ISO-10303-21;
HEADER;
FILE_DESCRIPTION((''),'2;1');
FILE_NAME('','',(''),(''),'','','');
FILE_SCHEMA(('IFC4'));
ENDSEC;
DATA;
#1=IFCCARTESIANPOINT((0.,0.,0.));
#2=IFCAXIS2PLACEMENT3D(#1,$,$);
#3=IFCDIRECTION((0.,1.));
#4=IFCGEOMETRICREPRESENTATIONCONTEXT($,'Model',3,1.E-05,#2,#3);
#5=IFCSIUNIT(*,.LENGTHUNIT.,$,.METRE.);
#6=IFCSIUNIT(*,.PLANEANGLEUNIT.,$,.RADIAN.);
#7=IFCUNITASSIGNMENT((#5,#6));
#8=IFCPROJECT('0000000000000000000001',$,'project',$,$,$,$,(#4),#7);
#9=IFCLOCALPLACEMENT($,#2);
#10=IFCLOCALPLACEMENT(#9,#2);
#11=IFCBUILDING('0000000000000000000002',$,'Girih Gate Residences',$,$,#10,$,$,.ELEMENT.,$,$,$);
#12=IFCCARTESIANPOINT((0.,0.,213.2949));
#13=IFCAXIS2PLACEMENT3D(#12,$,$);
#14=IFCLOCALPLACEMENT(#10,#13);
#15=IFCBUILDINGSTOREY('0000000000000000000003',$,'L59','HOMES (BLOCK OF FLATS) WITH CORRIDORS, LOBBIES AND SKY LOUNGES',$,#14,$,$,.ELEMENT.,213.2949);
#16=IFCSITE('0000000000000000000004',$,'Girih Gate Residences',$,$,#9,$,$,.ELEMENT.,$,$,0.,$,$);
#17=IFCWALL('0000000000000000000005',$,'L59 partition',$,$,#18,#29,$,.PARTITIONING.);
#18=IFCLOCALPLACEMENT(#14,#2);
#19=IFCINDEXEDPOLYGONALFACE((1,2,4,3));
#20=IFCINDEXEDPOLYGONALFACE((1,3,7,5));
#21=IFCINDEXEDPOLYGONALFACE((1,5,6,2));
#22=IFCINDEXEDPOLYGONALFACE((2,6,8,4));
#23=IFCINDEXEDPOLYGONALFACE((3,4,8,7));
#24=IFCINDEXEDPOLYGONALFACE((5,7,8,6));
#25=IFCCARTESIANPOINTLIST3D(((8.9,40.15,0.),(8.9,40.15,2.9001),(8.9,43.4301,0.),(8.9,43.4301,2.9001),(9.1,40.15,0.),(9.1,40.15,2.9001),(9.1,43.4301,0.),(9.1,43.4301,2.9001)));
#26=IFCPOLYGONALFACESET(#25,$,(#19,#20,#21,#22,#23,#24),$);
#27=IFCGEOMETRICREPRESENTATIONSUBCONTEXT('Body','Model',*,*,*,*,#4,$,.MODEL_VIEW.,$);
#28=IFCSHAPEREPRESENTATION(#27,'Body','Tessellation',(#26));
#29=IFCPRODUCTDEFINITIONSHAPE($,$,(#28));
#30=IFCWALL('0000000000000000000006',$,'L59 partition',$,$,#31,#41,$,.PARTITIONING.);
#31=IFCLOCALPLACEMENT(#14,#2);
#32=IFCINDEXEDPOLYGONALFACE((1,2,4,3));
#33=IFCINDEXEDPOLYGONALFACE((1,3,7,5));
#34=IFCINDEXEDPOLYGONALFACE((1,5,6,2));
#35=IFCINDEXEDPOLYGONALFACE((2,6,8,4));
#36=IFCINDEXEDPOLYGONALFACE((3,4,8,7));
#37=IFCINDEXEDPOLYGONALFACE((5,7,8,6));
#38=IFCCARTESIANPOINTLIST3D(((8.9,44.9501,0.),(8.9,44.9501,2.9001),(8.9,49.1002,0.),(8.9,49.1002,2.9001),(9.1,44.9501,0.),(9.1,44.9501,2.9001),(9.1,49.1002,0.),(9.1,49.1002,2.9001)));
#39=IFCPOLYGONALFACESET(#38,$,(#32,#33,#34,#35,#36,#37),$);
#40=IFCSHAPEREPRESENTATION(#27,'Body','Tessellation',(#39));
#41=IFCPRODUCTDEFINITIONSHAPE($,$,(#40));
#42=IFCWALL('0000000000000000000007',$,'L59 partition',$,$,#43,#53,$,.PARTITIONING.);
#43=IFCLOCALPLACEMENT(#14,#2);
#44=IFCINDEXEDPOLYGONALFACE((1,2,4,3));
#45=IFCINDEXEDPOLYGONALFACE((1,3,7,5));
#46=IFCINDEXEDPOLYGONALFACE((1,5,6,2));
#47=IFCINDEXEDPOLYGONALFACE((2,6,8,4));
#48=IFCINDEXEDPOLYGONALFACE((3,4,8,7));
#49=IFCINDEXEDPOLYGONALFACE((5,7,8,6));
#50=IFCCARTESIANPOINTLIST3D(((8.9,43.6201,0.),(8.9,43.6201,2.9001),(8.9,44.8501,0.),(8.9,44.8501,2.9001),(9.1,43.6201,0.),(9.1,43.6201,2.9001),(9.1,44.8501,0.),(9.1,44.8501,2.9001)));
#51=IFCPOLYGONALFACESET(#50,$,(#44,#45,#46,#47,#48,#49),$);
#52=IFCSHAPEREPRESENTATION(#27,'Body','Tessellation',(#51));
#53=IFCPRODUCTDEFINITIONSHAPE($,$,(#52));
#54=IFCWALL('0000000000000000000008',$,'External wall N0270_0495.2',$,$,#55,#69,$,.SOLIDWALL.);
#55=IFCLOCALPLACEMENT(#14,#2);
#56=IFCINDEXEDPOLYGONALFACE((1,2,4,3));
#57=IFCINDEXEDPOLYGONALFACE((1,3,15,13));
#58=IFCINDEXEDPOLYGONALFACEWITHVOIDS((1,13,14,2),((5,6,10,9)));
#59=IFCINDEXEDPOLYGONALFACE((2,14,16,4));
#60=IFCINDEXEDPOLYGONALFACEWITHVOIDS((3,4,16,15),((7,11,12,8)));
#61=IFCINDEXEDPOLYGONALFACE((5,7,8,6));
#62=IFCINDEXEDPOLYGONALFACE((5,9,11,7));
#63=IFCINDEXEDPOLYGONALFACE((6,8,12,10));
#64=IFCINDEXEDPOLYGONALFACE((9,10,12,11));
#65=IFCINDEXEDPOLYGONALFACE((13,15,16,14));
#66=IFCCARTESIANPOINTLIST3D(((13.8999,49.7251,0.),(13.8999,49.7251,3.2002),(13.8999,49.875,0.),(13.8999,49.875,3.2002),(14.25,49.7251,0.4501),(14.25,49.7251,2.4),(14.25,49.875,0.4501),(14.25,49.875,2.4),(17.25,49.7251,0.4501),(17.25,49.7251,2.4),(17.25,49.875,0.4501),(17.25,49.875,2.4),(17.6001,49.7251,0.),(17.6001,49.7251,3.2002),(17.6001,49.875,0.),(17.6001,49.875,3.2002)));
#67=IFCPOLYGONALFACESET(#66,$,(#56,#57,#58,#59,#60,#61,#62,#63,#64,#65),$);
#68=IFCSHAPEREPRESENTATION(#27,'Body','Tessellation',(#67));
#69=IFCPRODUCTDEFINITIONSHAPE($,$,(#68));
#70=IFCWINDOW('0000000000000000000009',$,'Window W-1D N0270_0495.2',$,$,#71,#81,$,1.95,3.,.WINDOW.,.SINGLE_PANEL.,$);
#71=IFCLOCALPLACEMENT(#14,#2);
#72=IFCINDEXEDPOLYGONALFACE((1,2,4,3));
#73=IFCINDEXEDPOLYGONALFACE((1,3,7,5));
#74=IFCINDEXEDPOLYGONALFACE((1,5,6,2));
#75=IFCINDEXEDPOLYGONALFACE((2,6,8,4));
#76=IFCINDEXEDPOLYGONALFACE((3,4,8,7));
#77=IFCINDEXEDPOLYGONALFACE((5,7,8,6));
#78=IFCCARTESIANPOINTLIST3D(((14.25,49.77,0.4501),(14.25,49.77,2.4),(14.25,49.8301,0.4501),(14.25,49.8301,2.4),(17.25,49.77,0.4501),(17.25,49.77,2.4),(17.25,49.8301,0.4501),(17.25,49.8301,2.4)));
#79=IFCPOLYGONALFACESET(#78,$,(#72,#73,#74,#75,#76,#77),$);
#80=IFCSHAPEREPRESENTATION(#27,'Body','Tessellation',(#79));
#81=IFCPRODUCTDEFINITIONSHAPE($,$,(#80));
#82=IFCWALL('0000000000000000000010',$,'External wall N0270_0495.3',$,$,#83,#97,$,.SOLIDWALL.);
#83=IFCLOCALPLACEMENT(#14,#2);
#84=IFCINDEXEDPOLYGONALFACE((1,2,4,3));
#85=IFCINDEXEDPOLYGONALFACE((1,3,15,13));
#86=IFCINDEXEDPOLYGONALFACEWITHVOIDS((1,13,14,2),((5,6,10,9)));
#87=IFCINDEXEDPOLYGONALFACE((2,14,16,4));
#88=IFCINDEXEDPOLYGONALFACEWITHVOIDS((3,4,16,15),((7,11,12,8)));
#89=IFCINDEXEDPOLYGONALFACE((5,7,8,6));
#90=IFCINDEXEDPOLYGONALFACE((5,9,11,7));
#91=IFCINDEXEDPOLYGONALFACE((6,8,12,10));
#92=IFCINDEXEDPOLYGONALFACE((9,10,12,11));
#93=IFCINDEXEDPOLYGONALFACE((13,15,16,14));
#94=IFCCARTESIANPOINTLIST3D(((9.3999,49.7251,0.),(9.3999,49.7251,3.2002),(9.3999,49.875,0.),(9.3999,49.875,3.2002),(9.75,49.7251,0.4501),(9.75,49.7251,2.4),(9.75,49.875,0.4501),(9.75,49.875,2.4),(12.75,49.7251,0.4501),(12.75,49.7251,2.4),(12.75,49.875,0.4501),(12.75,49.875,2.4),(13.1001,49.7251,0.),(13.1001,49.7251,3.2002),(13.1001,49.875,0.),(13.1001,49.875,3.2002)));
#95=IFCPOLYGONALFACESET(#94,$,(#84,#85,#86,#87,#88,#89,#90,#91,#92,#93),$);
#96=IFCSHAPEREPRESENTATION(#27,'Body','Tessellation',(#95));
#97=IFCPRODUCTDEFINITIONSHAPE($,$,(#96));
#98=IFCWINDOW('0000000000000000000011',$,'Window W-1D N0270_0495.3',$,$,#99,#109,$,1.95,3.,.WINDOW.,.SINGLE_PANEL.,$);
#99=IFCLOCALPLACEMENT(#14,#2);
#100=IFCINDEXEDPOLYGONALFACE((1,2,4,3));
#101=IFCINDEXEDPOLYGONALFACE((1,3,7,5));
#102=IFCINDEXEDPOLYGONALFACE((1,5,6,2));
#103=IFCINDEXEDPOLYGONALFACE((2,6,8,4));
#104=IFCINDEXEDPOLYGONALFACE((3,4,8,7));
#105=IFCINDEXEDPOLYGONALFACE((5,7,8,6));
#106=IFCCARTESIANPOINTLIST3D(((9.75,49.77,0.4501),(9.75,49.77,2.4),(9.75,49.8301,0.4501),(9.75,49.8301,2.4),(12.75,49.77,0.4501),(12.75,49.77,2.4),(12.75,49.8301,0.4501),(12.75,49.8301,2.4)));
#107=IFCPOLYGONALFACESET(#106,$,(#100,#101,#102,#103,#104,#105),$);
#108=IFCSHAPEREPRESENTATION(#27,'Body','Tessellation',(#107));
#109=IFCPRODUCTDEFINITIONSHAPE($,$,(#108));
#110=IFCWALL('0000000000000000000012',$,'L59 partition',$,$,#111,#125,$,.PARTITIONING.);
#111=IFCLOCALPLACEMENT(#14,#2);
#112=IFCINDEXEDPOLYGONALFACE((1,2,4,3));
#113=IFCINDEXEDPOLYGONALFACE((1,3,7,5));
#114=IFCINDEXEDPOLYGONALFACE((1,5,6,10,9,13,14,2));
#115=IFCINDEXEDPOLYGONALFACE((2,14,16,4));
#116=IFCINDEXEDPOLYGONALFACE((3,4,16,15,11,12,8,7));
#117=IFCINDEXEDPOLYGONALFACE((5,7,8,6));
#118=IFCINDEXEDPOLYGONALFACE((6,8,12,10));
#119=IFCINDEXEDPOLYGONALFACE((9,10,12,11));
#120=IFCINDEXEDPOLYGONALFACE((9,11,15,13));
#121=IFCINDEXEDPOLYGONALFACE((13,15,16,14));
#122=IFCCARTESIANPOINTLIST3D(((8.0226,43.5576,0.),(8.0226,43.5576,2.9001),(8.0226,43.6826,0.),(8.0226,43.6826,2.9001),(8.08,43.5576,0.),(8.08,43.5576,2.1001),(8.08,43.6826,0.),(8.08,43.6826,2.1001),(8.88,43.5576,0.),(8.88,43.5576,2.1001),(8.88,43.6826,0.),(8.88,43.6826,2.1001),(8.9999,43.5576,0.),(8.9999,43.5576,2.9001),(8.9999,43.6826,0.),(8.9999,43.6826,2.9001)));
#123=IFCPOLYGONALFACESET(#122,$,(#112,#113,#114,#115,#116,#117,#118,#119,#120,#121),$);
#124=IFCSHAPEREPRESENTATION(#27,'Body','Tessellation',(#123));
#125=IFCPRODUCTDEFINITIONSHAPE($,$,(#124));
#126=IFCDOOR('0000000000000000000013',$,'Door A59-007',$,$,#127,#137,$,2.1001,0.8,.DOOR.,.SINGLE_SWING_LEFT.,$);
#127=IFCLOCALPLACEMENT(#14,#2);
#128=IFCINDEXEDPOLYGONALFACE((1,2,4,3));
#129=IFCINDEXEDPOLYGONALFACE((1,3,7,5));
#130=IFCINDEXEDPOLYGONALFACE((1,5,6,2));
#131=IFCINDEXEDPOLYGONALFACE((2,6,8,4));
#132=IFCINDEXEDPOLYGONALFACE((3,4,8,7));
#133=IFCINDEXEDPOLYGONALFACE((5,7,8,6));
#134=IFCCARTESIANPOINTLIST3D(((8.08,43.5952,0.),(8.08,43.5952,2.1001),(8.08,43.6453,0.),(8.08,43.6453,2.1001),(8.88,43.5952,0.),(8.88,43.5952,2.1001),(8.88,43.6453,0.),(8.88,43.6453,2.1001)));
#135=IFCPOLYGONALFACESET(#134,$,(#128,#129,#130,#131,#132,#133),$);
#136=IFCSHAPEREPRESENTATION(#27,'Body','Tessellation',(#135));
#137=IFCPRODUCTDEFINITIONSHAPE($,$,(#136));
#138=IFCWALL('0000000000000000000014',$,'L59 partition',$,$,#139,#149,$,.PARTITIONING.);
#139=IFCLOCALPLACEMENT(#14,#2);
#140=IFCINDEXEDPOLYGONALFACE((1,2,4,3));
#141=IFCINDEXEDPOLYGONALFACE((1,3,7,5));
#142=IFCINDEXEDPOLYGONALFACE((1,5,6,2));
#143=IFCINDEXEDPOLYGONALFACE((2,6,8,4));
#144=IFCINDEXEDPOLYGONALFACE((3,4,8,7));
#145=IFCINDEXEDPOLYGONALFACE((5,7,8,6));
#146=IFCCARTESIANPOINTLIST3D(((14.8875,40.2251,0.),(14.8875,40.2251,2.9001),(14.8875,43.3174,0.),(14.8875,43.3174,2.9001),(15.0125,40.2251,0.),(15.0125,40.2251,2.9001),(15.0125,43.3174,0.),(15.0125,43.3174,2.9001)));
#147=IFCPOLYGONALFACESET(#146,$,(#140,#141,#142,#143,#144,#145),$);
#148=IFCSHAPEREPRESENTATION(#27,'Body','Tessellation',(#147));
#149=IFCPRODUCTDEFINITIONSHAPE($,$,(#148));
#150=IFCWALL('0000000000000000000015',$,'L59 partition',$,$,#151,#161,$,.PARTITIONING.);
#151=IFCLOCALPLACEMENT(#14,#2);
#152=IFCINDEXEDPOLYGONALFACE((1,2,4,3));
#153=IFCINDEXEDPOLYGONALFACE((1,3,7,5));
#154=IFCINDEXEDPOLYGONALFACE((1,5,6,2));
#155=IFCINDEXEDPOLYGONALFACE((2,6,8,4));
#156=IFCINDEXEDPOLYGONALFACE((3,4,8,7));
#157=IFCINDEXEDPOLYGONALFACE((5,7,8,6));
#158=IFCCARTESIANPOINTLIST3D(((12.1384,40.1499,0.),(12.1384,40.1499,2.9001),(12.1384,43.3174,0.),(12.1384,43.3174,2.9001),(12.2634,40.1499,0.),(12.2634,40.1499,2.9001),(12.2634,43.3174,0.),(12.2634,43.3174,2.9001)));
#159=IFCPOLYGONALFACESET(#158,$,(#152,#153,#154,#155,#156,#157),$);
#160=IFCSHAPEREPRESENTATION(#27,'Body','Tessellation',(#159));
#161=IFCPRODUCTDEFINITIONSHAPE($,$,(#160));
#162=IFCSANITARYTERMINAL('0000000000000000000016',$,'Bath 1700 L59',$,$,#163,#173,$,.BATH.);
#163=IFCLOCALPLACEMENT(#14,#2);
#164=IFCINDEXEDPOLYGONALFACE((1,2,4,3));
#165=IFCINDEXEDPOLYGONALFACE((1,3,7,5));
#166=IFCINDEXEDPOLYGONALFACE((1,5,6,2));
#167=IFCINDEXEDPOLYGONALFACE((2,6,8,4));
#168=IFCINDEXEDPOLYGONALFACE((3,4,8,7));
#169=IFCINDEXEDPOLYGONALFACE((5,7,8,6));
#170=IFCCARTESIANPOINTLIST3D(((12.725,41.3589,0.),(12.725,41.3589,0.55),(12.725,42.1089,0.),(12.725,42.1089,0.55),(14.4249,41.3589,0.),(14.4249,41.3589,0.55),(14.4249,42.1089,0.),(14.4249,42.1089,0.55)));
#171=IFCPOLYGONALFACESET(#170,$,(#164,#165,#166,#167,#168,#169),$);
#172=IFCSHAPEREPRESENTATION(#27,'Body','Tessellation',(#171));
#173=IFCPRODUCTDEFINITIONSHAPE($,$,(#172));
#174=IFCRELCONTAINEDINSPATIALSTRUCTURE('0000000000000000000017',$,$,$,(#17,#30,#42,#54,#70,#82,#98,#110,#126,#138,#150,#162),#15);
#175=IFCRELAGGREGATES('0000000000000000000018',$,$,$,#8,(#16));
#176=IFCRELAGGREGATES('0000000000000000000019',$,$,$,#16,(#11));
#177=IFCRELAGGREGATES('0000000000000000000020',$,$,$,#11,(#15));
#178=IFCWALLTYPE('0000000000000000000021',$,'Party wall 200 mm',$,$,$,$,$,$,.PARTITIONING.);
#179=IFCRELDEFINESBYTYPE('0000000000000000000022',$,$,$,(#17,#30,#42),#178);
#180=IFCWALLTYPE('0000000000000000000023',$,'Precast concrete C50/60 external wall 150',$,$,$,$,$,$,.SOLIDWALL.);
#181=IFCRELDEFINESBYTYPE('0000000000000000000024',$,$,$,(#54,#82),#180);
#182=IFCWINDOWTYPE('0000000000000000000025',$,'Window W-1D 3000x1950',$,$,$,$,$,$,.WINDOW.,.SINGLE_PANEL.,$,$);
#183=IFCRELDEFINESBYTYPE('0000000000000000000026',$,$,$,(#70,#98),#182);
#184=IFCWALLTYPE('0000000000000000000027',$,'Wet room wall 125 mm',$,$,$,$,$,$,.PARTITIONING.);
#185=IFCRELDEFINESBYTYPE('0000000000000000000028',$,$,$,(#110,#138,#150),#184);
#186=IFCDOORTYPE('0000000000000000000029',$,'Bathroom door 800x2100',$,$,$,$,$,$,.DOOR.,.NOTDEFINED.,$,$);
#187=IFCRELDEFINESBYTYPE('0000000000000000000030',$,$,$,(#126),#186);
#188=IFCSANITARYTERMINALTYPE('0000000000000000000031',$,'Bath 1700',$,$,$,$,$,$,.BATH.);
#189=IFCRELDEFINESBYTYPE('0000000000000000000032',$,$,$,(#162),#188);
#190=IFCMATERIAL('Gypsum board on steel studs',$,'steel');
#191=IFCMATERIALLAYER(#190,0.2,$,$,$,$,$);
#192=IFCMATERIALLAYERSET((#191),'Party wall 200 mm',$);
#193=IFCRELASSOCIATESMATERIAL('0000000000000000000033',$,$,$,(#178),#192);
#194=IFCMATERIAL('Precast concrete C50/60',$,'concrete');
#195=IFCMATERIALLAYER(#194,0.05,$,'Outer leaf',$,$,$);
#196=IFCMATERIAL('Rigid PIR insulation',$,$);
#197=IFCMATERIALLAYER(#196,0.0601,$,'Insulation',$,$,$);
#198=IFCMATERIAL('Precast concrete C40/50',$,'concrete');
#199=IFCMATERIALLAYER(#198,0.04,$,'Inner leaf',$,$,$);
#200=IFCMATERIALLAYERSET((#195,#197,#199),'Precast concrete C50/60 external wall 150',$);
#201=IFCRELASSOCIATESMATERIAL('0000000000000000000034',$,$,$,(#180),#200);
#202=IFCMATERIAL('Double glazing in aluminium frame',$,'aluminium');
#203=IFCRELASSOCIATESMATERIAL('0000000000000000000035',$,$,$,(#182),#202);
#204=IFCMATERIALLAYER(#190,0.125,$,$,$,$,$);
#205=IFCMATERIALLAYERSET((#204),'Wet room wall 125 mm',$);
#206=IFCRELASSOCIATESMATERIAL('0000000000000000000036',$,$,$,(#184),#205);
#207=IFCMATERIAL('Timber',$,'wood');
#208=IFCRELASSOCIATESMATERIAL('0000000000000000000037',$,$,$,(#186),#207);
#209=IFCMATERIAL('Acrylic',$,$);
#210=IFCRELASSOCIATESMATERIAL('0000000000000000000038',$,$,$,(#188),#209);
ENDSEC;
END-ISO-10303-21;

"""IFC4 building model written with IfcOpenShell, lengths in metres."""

from ifc_helpers import new_model, si_unit, direction, frame, frame_2d, origin, origin_2d, place, context, subcontext, project, spatial, rectangle, extrude, material, layer, layer_set, type_object, element, fill, save


model = new_model("IFC4")

# Units and contexts
model_context = context("Model", 3, precision=1e-05, world=origin(), true_north=direction((0.0, 1.0)))
body_context = subcontext(model_context, "Body", "Model", "MODEL_VIEW")
ifc_project = project(units=[si_unit("LENGTHUNIT", "METRE"), si_unit("PLANEANGLEUNIT", "RADIAN")], contexts=[model_context])

# Site, building, storey
site_placement = place(None, origin())
site = spatial("IfcSite", under=ifc_project, at=site_placement, Name="Girih Gate Residences", CompositionType="ELEMENT", RefElevation=0.0)
building_placement = place(site_placement, origin())
building = spatial("IfcBuilding", under=site, at=building_placement, Name="Girih Gate Residences", CompositionType="ELEMENT")
storey_placement = place(building_placement, frame((0.0, 0.0, 213.2949)))
storey = spatial("IfcBuildingStorey", under=building, at=storey_placement, Name="L59", Description="HOMES (BLOCK OF FLATS) WITH CORRIDORS, LOBBIES AND SKY LOUNGES", CompositionType="ELEMENT", Elevation=213.2949)

# Shared definitions
ifc_material_1 = material(Name="Gypsum board on steel studs", Category="steel")

# Shared definitions
ifc_material_2 = material(Name="Timber", Category="wood")

# Walls
ifc_layer_1 = layer(ifc_material_1, 0.2)
ifc_layer_set_1 = layer_set([ifc_layer_1], Name="Party wall 200 mm")
wall_type_1 = type_object("IfcWallType", Name="Party wall 200 mm", PredefinedType="PARTITIONING", material=ifc_layer_set_1)
wall_1_placement = place(storey_placement, frame((9.0, 40.1499, 0.0), z_axis=(0.0, 0.0, 1.0), x_axis=(0.0, 1.0, 0.0)))
element("IfcWall", 1, at=wall_1_placement, inside=storey, type_object=wall_type_1, Name="L59 partition", PredefinedType="PARTITIONING", context=body_context, shape_type="SweptSolid", body=[
    extrude(rectangle(XDim=3.28, YDim=0.2, at=frame_2d((1.6401, 0.0))), origin(), (0.0, 0.0, 1.0), 2.9001),
])
wall_2_placement = place(storey_placement, frame((9.0, 44.95, 0.0), z_axis=(0.0, 0.0, 1.0), x_axis=(0.0, 1.0, 0.0)))
element("IfcWall", 2, at=wall_2_placement, inside=storey, type_object=wall_type_1, Name="L59 partition", PredefinedType="PARTITIONING", context=body_context, shape_type="SweptSolid", body=[
    extrude(rectangle(XDim=4.1501, YDim=0.2, at=frame_2d((2.0752, 0.0))), origin(), (0.0, 0.0, 1.0), 2.9001),
])
wall_3_placement = place(storey_placement, frame((9.0, 43.6201, 0.0), z_axis=(0.0, 0.0, 1.0), x_axis=(0.0, 1.0, 0.0)))
element("IfcWall", 3, at=wall_3_placement, inside=storey, type_object=wall_type_1, Name="L59 partition", PredefinedType="PARTITIONING", context=body_context, shape_type="SweptSolid", body=[
    extrude(rectangle(XDim=1.23, YDim=0.2, at=frame_2d((0.615, 0.0))), origin(), (0.0, 0.0, 1.0), 2.9001),
])

# Walls, openings, windows
ifc_material_3 = material(Name="Precast concrete C50/60", Category="concrete")
ifc_layer_2 = layer(ifc_material_3, 0.05, Name="Outer leaf")
ifc_material_4 = material(Name="Rigid PIR insulation")
ifc_layer_3 = layer(ifc_material_4, 0.0601, Name="Insulation")
ifc_material_5 = material(Name="Precast concrete C40/50", Category="concrete")
ifc_layer_4 = layer(ifc_material_5, 0.04, Name="Inner leaf")
ifc_layer_set_2 = layer_set([ifc_layer_2, ifc_layer_3, ifc_layer_4], Name="Precast concrete C50/60 external wall 150")
wall_type_2 = type_object("IfcWallType", Name="Precast concrete C50/60 external wall 150", PredefinedType="SOLIDWALL", material=ifc_layer_set_2)
wall_4_placement = place(storey_placement, frame((13.8999, 49.8, 0.0), z_axis=(0.0, 0.0, 1.0), x_axis=(1.0, 0.0, 0.0)))
wall_4 = element("IfcWall", 4, at=wall_4_placement, inside=storey, type_object=wall_type_2, Name="External wall N0270_0495.2", PredefinedType="SOLIDWALL", context=body_context, shape_type="SweptSolid", body=[
    extrude(rectangle(XDim=3.7002, YDim=0.1499, at=frame_2d((1.8501, 0.0))), origin(), (0.0, 0.0, 1.0), 3.2002),
])
opening_1_placement = place(wall_4_placement, frame((0.3501, 0.0, 0.45)))
opening_1 = element("IfcOpeningElement", 5, at=opening_1_placement, cuts=wall_4, PredefinedType="OPENING", context=body_context, shape_type="SweptSolid", body=[
    extrude(rectangle(XDim=3.0, YDim=1.95, at=frame_2d((1.5, 0.9751))), frame((0.0, 0.085, 0.0), z_axis=(0.0, -1.0, 0.0), x_axis=(1.0, 0.0, 0.0)), (0.0, 0.0, 1.0), 0.1699),
])
ifc_material_6 = material(Name="Double glazing in aluminium frame", Category="aluminium")
window_type = type_object("IfcWindowType", Name="Window W-1D 3000x1950", PartitioningType="SINGLE_PANEL", PredefinedType="WINDOW", material=ifc_material_6)
window_1_placement = place(opening_1_placement, origin())
window_1 = element("IfcWindow", 6, at=window_1_placement, inside=storey, type_object=window_type, Name="Window W-1D N0270_0495.2", OverallHeight=1.95, OverallWidth=3.0, PartitioningType="SINGLE_PANEL", PredefinedType="WINDOW", context=body_context, shape_type="SweptSolid", body=[
    extrude(rectangle(XDim=3.0, YDim=1.95, at=frame_2d((1.5, 0.9751))), frame((0.0, 0.03, 0.0), z_axis=(0.0, -1.0, 0.0), x_axis=(1.0, 0.0, 0.0)), (0.0, 0.0, 1.0), 0.0601),
])
fill(opening_1, window_1)
wall_5_placement = place(storey_placement, frame((9.3999, 49.8, 0.0), z_axis=(0.0, 0.0, 1.0), x_axis=(1.0, 0.0, 0.0)))
wall_5 = element("IfcWall", 7, at=wall_5_placement, inside=storey, type_object=wall_type_2, Name="External wall N0270_0495.3", PredefinedType="SOLIDWALL", context=body_context, shape_type="SweptSolid", body=[
    extrude(rectangle(XDim=3.7002, YDim=0.1499, at=frame_2d((1.8501, 0.0))), origin(), (0.0, 0.0, 1.0), 3.2002),
])
opening_2_placement = place(wall_5_placement, frame((0.3501, 0.0, 0.45)))
opening_2 = element("IfcOpeningElement", 8, at=opening_2_placement, cuts=wall_5, PredefinedType="OPENING", context=body_context, shape_type="SweptSolid", body=[
    extrude(rectangle(XDim=3.0, YDim=1.95, at=frame_2d((1.5, 0.9751))), frame((0.0, 0.085, 0.0), z_axis=(0.0, -1.0, 0.0), x_axis=(1.0, 0.0, 0.0)), (0.0, 0.0, 1.0), 0.1699),
])
window_2_placement = place(opening_2_placement, origin())
window_2 = element("IfcWindow", 9, at=window_2_placement, inside=storey, type_object=window_type, Name="Window W-1D N0270_0495.3", OverallHeight=1.95, OverallWidth=3.0, PartitioningType="SINGLE_PANEL", PredefinedType="WINDOW", context=body_context, shape_type="SweptSolid", body=[
    extrude(rectangle(XDim=3.0, YDim=1.95, at=frame_2d((1.5, 0.9751))), frame((0.0, 0.03, 0.0), z_axis=(0.0, -1.0, 0.0), x_axis=(1.0, 0.0, 0.0)), (0.0, 0.0, 1.0), 0.0601),
])
fill(opening_2, window_2)

# Wall, opening, door
ifc_layer_5 = layer(ifc_material_1, 0.125)
ifc_layer_set_3 = layer_set([ifc_layer_5], Name="Wet room wall 125 mm")
wall_type_3 = type_object("IfcWallType", Name="Wet room wall 125 mm", PredefinedType="PARTITIONING", material=ifc_layer_set_3)
wall_6_placement = place(storey_placement, frame((9.0, 43.6201, 0.0), z_axis=(0.0, 0.0, 1.0), x_axis=(-1.0, 0.0, 0.0)))
wall_6 = element("IfcWall", 10, at=wall_6_placement, inside=storey, type_object=wall_type_3, Name="L59 partition", PredefinedType="PARTITIONING", context=body_context, shape_type="SweptSolid", body=[
    extrude(rectangle(XDim=0.9773, YDim=0.125, at=frame_2d((0.4888, 0.0))), origin(), (0.0, 0.0, 1.0), 2.9001),
])
opening_3_placement = place(wall_6_placement, frame((0.1201, 0.0, 0.0)))
opening_3 = element("IfcOpeningElement", 11, at=opening_3_placement, cuts=wall_6, PredefinedType="OPENING", context=body_context, shape_type="SweptSolid", body=[
    extrude(rectangle(XDim=0.8, YDim=2.1001, at=frame_2d((0.3999, 1.05))), frame((0.0, 0.0725, 0.0), z_axis=(0.0, -1.0, 0.0), x_axis=(1.0, 0.0, 0.0)), (0.0, 0.0, 1.0), 0.145),
])
door_type_1 = type_object("IfcDoorType", Name="Bathroom door 800x2100", OperationType="NOTDEFINED", PredefinedType="DOOR", material=ifc_material_2)
door_1_placement = place(opening_3_placement, origin())
door_1 = element("IfcDoor", 12, at=door_1_placement, inside=storey, type_object=door_type_1, Name="Door A59-007", OperationType="SINGLE_SWING_LEFT", OverallHeight=2.1001, OverallWidth=0.8, PredefinedType="DOOR", context=body_context, shape_type="SweptSolid", body=[
    extrude(rectangle(XDim=0.8, YDim=2.1001, at=frame_2d((0.3999, 1.05))), frame((0.0, 0.0249, 0.0), z_axis=(0.0, -1.0, 0.0), x_axis=(1.0, 0.0, 0.0)), (0.0, 0.0, 1.0), 0.05),
])
fill(opening_3, door_1)

# Walls
wall_7_placement = place(storey_placement, frame((14.95, 40.2251, 0.0), z_axis=(0.0, 0.0, 1.0), x_axis=(0.0, 1.0, 0.0)))
element("IfcWall", 13, at=wall_7_placement, inside=storey, type_object=wall_type_3, Name="L59 partition", PredefinedType="PARTITIONING", context=body_context, shape_type="SweptSolid", body=[
    extrude(rectangle(XDim=3.0923, YDim=0.125, at=frame_2d((1.5461, 0.0))), origin(), (0.0, 0.0, 1.0), 2.9001),
])
wall_8_placement = place(storey_placement, frame((12.2009, 40.1499, 0.0), z_axis=(0.0, 0.0, 1.0), x_axis=(0.0, 1.0, 0.0)))
element("IfcWall", 14, at=wall_8_placement, inside=storey, type_object=wall_type_3, Name="L59 partition", PredefinedType="PARTITIONING", context=body_context, shape_type="SweptSolid", body=[
    extrude(rectangle(XDim=3.1675, YDim=0.125, at=frame_2d((1.5837, 0.0))), origin(), (0.0, 0.0, 1.0), 2.9001),
])

# Sanitary terminal
ifc_material_7 = material(Name="Acrylic")
sanitary_terminal_type = type_object("IfcSanitaryTerminalType", Name="Bath 1700", PredefinedType="BATH", material=ifc_material_7)
sanitary_terminal_placement = place(storey_placement, frame((13.575, 41.7339, 0.0), z_axis=(0.0, 0.0, 1.0), x_axis=(1.0, 0.0, 0.0)))
element("IfcSanitaryTerminal", 15, at=sanitary_terminal_placement, inside=storey, type_object=sanitary_terminal_type, Name="Bath 1700 L59", PredefinedType="BATH", context=body_context, shape_type="SweptSolid", body=[
    extrude(rectangle(XDim=1.7, YDim=0.75, at=origin_2d()), origin(), (0.0, 0.0, 1.0), 0.55),
])

save(model, "model.ifc")
